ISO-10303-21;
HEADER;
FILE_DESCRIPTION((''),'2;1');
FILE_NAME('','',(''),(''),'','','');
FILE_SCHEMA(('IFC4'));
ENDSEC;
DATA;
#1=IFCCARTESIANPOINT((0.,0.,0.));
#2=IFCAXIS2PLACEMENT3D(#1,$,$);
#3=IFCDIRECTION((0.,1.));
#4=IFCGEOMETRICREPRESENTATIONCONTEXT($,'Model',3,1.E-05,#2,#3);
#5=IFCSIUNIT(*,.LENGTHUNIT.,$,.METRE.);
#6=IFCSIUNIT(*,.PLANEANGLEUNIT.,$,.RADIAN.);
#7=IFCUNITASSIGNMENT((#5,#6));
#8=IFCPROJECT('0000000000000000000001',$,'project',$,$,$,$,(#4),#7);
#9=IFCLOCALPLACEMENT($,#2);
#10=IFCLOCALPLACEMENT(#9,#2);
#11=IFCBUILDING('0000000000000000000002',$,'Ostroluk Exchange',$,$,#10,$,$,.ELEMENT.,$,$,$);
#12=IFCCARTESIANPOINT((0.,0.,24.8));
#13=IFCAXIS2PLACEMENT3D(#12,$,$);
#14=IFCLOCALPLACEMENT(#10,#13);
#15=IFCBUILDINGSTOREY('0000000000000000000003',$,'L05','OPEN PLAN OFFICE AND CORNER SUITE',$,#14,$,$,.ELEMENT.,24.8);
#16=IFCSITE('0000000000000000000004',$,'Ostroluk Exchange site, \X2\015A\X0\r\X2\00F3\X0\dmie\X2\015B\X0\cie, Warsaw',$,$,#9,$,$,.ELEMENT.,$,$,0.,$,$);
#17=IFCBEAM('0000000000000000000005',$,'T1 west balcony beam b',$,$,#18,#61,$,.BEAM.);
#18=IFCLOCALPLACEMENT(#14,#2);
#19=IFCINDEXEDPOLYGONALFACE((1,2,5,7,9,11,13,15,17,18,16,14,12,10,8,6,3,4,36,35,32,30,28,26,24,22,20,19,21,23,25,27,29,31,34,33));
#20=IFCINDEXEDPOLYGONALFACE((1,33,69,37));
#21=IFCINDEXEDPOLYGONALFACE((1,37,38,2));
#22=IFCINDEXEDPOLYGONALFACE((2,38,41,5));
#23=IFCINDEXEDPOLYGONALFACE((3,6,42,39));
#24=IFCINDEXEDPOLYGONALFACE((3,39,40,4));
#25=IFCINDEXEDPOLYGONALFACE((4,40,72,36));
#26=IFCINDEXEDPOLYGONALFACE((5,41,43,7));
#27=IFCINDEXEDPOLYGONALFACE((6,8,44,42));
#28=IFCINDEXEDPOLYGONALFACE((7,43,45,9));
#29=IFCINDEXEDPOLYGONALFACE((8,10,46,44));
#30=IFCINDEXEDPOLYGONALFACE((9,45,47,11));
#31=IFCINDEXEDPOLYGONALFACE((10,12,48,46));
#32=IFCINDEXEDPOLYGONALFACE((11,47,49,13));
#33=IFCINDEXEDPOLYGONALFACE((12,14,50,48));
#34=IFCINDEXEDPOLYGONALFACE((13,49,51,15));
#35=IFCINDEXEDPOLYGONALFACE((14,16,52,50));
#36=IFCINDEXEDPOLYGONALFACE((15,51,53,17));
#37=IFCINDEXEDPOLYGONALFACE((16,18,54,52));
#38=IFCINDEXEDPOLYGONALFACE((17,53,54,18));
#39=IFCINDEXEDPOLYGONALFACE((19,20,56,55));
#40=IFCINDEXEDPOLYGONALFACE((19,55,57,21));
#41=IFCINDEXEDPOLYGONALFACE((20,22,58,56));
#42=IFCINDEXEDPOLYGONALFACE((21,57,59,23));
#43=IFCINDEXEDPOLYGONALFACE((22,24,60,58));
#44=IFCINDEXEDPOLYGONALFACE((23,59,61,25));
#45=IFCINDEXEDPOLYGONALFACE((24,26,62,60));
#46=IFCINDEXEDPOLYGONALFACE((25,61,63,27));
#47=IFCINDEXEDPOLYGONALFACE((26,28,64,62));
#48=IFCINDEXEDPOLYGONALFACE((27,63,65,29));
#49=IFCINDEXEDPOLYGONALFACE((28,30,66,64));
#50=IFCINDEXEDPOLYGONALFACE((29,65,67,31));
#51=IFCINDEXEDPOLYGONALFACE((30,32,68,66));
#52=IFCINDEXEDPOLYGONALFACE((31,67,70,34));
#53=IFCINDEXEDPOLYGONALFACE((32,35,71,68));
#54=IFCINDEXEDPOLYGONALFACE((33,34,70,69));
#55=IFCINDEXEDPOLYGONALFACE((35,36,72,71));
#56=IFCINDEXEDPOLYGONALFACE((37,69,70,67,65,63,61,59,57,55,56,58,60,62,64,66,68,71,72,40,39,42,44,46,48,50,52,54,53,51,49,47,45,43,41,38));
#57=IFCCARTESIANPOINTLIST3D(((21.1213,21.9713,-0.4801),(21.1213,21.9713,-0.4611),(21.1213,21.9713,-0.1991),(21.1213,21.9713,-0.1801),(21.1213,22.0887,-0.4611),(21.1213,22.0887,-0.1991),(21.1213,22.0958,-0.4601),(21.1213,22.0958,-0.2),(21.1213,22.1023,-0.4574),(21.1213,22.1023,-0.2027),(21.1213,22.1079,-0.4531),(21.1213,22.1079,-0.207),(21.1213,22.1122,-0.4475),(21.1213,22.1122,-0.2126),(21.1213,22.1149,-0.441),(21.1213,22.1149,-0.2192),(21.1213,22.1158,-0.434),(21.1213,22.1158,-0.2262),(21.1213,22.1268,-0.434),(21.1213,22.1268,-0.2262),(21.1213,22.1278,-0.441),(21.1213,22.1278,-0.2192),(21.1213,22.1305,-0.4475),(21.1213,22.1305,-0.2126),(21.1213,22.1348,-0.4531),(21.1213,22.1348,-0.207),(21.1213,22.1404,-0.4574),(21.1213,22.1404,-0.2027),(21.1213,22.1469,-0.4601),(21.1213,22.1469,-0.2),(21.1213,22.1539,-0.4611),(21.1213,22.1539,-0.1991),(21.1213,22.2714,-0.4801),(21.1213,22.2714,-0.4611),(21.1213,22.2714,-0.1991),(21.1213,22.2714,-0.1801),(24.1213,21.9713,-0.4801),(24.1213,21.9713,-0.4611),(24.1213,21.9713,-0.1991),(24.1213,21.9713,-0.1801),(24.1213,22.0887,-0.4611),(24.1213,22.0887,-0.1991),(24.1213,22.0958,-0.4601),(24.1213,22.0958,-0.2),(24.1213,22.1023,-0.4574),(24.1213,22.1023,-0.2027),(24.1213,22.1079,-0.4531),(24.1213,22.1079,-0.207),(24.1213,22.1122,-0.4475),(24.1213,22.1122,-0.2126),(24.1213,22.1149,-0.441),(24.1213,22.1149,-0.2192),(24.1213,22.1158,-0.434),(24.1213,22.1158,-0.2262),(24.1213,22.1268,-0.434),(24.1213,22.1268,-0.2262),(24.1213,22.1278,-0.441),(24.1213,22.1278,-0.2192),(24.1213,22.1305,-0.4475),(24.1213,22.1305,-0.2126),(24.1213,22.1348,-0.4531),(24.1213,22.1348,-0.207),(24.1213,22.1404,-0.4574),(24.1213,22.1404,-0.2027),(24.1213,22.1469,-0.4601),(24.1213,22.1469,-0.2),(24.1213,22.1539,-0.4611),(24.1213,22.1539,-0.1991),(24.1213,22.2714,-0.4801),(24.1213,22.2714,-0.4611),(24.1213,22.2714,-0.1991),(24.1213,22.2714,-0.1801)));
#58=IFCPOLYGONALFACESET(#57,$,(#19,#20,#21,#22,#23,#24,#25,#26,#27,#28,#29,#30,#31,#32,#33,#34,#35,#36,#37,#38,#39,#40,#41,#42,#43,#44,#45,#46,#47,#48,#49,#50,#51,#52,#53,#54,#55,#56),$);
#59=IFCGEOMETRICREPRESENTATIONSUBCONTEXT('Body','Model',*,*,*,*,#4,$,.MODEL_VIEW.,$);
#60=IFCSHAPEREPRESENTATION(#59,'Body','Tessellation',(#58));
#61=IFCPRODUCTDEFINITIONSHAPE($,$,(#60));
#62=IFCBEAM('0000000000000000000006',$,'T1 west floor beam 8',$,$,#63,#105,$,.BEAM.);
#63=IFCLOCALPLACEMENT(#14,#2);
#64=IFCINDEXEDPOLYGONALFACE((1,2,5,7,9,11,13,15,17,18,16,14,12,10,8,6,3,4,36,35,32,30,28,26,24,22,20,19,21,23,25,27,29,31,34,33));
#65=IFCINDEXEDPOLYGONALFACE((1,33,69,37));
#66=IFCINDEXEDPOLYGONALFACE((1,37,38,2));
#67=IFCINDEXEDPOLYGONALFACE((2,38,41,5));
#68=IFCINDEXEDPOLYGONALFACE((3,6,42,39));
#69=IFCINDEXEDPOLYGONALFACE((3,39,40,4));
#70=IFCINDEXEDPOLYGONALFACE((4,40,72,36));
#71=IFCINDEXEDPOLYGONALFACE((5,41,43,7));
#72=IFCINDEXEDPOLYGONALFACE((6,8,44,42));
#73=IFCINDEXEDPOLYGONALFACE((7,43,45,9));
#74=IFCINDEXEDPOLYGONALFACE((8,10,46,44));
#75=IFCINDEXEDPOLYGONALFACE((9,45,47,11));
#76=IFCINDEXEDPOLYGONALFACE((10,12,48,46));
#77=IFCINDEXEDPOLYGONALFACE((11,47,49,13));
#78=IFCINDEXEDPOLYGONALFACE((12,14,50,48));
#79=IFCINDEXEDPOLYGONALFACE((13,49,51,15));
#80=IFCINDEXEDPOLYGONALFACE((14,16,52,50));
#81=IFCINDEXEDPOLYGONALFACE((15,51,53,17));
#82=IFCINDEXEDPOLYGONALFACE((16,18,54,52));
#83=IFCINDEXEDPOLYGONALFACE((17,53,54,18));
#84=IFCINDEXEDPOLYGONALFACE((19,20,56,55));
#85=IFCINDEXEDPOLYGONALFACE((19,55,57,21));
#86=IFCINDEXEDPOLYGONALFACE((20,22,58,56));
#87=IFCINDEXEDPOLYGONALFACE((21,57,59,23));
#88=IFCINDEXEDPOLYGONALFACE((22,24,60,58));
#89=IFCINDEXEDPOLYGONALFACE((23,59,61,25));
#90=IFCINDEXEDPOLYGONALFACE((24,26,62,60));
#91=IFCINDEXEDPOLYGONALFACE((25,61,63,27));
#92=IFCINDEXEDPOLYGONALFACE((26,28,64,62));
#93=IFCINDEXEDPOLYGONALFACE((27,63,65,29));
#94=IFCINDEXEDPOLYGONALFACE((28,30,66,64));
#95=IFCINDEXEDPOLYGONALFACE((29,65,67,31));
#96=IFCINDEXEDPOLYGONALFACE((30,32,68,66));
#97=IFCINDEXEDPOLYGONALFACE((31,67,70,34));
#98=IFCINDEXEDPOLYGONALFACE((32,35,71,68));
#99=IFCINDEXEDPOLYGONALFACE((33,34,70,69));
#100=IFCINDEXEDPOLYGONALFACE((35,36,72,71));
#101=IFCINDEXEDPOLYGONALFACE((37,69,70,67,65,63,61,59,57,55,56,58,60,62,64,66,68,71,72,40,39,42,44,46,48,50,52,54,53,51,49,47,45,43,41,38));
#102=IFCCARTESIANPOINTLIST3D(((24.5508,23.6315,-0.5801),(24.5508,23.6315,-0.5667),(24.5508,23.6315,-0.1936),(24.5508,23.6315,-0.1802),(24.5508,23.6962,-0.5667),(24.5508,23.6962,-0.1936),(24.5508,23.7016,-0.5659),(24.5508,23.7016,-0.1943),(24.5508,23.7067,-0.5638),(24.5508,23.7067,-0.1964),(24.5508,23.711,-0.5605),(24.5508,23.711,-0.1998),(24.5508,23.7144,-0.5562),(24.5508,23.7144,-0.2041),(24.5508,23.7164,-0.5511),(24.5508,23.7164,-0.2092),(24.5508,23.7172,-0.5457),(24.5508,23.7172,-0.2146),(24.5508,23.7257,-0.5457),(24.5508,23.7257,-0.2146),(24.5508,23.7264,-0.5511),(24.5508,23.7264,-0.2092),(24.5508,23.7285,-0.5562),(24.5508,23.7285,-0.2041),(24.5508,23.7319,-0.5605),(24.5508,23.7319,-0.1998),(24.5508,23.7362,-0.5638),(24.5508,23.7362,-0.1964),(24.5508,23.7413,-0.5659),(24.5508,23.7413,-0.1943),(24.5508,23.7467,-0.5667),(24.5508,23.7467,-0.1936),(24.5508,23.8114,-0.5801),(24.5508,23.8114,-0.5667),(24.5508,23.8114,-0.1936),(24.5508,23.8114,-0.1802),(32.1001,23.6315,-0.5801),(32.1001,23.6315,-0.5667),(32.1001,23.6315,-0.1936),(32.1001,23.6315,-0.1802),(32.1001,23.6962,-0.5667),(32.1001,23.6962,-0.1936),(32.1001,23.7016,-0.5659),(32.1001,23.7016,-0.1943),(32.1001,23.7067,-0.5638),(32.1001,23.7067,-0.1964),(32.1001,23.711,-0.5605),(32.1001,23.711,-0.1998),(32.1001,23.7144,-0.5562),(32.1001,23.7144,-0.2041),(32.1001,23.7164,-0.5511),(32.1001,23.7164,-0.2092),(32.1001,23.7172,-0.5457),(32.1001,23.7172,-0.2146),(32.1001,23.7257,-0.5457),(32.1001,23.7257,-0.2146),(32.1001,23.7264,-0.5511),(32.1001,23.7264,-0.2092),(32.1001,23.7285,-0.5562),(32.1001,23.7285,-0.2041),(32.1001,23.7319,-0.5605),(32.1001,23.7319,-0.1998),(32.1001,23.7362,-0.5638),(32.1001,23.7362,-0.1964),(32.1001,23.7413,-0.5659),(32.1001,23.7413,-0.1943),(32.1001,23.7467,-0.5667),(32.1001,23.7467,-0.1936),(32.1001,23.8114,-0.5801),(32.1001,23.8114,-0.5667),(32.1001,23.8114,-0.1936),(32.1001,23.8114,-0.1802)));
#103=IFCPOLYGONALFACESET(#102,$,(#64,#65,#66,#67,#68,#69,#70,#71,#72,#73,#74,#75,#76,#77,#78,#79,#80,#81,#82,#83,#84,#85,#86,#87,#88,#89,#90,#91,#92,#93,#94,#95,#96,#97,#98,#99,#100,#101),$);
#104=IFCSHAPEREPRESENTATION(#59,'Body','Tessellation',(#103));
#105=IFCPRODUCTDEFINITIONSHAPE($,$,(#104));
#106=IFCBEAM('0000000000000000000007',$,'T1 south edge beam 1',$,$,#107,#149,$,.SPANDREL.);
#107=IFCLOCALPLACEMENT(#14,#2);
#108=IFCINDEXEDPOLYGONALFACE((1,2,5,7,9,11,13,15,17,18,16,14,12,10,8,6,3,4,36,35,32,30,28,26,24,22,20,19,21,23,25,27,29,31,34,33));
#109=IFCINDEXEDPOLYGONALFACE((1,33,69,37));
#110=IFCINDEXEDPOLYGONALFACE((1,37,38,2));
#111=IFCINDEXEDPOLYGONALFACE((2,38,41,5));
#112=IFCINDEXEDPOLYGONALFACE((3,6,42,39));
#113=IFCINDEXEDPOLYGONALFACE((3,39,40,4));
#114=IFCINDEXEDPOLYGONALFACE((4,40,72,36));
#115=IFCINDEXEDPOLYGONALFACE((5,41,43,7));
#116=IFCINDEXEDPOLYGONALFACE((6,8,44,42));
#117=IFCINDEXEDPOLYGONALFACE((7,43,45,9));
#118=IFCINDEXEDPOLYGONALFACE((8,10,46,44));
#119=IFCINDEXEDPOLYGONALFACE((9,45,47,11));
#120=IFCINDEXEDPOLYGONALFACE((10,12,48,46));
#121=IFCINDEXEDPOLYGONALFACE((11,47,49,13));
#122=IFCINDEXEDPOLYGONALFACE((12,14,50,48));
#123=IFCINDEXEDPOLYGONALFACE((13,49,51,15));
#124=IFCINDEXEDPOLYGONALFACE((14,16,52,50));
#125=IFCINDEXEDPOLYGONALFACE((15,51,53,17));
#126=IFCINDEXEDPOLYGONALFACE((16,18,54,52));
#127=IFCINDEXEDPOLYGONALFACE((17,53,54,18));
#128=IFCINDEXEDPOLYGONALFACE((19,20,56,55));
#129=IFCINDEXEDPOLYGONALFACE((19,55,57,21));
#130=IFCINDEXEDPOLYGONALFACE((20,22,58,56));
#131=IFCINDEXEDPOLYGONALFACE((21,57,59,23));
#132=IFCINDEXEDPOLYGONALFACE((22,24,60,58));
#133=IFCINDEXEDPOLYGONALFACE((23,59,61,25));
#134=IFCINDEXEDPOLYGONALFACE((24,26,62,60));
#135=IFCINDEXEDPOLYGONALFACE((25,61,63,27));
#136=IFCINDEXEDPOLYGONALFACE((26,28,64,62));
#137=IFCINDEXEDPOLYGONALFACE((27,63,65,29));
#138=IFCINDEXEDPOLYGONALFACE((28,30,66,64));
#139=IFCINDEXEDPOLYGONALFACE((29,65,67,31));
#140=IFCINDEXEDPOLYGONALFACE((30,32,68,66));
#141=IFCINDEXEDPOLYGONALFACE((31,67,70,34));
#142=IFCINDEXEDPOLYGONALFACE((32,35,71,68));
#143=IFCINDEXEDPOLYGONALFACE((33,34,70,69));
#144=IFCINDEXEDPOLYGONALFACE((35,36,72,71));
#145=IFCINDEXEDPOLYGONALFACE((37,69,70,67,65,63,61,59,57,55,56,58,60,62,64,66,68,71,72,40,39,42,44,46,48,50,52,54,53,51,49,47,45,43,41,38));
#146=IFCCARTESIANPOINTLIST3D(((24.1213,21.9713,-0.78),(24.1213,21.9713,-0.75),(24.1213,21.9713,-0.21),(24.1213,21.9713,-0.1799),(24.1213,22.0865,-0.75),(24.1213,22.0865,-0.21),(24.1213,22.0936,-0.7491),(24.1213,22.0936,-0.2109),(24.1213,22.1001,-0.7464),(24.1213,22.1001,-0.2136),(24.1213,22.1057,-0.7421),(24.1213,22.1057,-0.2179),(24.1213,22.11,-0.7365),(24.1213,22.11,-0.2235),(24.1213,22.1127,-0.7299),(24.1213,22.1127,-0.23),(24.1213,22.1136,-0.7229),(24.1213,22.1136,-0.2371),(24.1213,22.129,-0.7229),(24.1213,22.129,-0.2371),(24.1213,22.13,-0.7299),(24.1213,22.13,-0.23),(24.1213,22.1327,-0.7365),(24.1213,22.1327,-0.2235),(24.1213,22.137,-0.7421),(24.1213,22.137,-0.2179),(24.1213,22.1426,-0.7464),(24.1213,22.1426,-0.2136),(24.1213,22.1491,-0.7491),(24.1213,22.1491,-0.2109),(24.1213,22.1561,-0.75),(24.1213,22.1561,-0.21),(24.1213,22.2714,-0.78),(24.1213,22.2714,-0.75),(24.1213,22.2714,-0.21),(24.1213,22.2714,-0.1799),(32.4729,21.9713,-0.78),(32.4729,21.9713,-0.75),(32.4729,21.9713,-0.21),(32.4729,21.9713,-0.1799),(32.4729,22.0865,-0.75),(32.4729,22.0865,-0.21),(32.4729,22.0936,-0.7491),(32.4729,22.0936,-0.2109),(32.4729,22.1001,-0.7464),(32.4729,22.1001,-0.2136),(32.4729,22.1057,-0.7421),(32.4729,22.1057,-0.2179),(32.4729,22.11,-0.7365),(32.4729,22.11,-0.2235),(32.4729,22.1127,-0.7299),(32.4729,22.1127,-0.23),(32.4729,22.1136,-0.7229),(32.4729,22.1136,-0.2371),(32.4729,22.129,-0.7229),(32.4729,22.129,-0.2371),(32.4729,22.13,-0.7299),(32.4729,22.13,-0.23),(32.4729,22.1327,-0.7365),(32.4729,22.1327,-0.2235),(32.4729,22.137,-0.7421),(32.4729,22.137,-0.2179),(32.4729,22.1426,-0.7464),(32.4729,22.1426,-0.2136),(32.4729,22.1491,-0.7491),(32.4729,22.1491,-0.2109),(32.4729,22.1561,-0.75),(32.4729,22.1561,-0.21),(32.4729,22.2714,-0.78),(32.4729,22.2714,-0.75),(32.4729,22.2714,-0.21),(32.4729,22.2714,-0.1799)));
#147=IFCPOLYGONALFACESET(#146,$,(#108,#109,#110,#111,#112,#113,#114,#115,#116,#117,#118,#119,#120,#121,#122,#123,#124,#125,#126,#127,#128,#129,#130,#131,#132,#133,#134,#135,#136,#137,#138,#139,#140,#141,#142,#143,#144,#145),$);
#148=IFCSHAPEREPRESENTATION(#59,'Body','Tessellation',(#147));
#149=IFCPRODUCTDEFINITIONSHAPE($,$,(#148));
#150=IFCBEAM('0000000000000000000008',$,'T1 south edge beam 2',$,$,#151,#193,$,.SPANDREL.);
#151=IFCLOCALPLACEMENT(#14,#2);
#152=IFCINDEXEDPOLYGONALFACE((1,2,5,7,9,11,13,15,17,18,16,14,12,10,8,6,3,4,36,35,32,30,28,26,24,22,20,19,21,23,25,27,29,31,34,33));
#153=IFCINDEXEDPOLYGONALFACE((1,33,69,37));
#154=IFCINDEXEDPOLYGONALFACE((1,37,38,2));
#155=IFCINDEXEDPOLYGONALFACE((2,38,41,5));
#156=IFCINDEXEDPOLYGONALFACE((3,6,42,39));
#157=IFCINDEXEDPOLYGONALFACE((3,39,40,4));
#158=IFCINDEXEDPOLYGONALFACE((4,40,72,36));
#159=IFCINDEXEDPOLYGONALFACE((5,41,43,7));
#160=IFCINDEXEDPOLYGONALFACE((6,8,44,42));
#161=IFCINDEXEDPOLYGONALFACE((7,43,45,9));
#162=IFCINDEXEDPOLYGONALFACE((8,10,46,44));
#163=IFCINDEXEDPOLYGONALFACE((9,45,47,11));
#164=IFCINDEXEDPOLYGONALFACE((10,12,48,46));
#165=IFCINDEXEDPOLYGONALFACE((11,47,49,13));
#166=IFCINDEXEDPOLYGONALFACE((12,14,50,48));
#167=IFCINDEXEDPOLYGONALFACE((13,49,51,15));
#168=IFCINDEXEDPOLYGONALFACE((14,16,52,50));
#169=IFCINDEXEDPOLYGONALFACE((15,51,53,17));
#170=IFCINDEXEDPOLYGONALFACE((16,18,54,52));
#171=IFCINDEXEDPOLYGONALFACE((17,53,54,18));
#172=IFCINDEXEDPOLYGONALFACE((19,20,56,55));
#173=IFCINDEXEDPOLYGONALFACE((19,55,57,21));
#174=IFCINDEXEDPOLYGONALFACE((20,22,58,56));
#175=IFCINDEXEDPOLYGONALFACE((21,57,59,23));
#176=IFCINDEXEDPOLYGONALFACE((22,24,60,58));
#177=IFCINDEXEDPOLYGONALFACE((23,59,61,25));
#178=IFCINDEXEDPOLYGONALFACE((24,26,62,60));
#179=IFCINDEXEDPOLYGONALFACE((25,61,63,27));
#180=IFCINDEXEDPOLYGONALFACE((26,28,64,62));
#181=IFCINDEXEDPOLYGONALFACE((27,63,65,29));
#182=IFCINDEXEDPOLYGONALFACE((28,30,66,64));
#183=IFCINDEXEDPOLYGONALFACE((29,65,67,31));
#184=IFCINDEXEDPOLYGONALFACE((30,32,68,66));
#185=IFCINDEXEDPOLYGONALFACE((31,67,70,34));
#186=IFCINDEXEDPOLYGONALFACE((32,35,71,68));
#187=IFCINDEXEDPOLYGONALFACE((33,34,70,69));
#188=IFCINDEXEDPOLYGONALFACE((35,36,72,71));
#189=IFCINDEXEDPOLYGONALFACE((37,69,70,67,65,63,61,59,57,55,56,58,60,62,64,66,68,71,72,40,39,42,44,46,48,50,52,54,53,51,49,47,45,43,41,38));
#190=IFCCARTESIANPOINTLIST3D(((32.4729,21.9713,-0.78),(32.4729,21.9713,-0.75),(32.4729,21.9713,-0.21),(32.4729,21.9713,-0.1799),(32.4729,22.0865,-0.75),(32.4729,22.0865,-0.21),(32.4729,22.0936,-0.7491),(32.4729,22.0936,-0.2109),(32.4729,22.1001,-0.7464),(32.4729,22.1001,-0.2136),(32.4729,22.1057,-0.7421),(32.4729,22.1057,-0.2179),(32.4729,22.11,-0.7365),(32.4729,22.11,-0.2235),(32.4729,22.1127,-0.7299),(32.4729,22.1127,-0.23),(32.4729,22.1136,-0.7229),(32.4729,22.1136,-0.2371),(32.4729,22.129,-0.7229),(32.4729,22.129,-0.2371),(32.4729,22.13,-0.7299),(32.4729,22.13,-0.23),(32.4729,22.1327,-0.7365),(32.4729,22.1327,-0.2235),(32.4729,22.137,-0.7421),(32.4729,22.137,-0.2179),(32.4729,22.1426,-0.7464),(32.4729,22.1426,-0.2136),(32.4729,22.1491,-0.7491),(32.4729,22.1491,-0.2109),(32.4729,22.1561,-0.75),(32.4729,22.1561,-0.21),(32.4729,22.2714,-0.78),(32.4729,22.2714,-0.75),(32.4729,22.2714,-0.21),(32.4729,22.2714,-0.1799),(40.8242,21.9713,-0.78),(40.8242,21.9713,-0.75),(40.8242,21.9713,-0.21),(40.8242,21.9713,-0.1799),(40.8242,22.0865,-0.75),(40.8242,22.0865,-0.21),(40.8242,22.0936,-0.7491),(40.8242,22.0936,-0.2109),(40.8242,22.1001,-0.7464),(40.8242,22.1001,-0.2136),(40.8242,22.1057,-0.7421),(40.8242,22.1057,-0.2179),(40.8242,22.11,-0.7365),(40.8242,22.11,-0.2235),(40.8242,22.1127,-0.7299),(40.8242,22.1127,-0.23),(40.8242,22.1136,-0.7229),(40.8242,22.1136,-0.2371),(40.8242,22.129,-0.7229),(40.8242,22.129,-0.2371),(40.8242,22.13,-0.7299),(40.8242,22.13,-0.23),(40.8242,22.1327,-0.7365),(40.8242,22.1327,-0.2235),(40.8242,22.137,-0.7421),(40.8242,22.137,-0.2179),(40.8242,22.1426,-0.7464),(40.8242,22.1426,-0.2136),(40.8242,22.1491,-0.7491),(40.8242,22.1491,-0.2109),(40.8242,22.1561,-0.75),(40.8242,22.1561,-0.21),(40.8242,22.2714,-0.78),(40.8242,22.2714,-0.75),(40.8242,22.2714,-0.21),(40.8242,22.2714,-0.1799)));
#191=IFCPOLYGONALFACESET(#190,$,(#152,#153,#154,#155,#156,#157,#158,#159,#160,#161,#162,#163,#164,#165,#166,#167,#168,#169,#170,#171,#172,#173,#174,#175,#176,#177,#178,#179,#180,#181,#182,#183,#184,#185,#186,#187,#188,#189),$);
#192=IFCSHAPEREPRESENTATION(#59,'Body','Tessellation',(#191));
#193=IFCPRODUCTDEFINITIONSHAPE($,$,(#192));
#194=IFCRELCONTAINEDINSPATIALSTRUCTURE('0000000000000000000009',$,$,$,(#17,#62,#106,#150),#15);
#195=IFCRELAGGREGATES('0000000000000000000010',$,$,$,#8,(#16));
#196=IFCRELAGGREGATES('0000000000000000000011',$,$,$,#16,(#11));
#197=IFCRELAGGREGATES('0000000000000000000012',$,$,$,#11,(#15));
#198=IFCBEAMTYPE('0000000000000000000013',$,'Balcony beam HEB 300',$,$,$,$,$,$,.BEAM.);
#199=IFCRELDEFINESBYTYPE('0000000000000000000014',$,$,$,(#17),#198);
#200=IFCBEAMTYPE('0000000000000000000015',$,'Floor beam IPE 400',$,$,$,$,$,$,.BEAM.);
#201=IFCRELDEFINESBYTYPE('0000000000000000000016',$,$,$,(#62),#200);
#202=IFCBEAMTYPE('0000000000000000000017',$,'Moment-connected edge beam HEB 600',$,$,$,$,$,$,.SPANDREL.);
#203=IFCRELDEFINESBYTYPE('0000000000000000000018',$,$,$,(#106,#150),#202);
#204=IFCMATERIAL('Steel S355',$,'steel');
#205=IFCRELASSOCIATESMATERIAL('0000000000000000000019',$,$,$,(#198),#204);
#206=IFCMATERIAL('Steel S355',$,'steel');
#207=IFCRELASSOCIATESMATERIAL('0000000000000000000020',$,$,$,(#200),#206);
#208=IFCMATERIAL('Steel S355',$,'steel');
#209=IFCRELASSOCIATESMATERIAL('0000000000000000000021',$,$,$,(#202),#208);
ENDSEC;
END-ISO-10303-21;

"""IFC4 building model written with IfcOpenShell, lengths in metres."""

from ifc_helpers import new_model, si_unit, direction, frame, origin, origin_2d, place, context, subcontext, project, spatial, i_section, extrude, material, material_profile, profile_set, type_object, element, save


model = new_model("IFC4")

# Units and contexts
model_context = context("Model", 3, precision=1e-05, world=origin(), true_north=direction((0.0, 1.0)))
body_context = subcontext(model_context, "Body", "Model", "MODEL_VIEW")
ifc_project = project(units=[si_unit("LENGTHUNIT", "METRE"), si_unit("PLANEANGLEUNIT", "RADIAN")], contexts=[model_context])

# Site, building, storey
site_placement = place(None, origin())
site = spatial("IfcSite", under=ifc_project, at=site_placement, Name="Ostroluk Exchange site, Śródmieście, Warsaw", CompositionType="ELEMENT", RefElevation=0.0)
building_placement = place(site_placement, origin())
building = spatial("IfcBuilding", under=site, at=building_placement, Name="Ostroluk Exchange", CompositionType="ELEMENT")
storey_placement = place(building_placement, frame((0.0, 0.0, 24.8)))
storey = spatial("IfcBuildingStorey", under=building, at=storey_placement, Name="L05", Description="OPEN PLAN OFFICE AND CORNER SUITE", CompositionType="ELEMENT", Elevation=24.8)

# Beams
ifc_material_1 = material(Name="Steel S355", Category="steel")
ifc_material_profile_1 = material_profile(ifc_material_1, i_section(OverallWidth=0.3, OverallDepth=0.3, WebThickness=0.011, FlangeThickness=0.019, FilletRadius=0.0271, at=origin_2d()), Name="HEB 300")
ifc_profile_set_1 = profile_set([ifc_material_profile_1], Name="Steel S355")
beam_type_1 = type_object("IfcBeamType", Name="Balcony beam HEB 300", PredefinedType="BEAM", material=ifc_profile_set_1)
beam_1_placement = place(storey_placement, frame((24.1213, 22.1213, -0.3301), z_axis=(-1.0, 0.0, 0.0), x_axis=(0.0, -1.0, 0.0)))
element("IfcBeam", 1, at=beam_1_placement, inside=storey, type_object=beam_type_1, Name="T1 west balcony beam b", PredefinedType="BEAM", context=body_context, shape_type="SweptSolid", body=[
    extrude(i_section(OverallWidth=0.3, OverallDepth=0.3, WebThickness=0.011, FlangeThickness=0.019, FilletRadius=0.0271, at=origin_2d()), origin(), (0.0, 0.0, 1.0), 3.0),
])
ifc_material_2 = material(Name="Steel S355", Category="steel")
ifc_material_profile_2 = material_profile(ifc_material_2, i_section(OverallWidth=0.1799, OverallDepth=0.3999, WebThickness=0.0085, FlangeThickness=0.0134, FilletRadius=0.021, at=origin_2d()), Name="IPE 400")
ifc_profile_set_2 = profile_set([ifc_material_profile_2], Name="Steel S355")
beam_type_2 = type_object("IfcBeamType", Name="Floor beam IPE 400", PredefinedType="BEAM", material=ifc_profile_set_2)
beam_2_placement = place(storey_placement, frame((32.1001, 23.7214, -0.3801), z_axis=(-1.0, 0.0, 0.0), x_axis=(0.0, -1.0, 0.0)))
element("IfcBeam", 2, at=beam_2_placement, inside=storey, type_object=beam_type_2, Name="T1 west floor beam 8", PredefinedType="BEAM", context=body_context, shape_type="SweptSolid", body=[
    extrude(i_section(OverallWidth=0.1799, OverallDepth=0.3999, WebThickness=0.0085, FlangeThickness=0.0134, FilletRadius=0.021, at=origin_2d()), origin(), (0.0, 0.0, 1.0), 7.5493),
])
ifc_material_3 = material(Name="Steel S355", Category="steel")
ifc_material_profile_3 = material_profile(ifc_material_3, i_section(OverallWidth=0.3, OverallDepth=0.6001, WebThickness=0.0154, FlangeThickness=0.03, FilletRadius=0.0271, at=origin_2d()), Name="HEB 600")
ifc_profile_set_3 = profile_set([ifc_material_profile_3], Name="Steel S355")
beam_type_3 = type_object("IfcBeamType", Name="Moment-connected edge beam HEB 600", PredefinedType="SPANDREL", material=ifc_profile_set_3)
beam_3_placement = place(storey_placement, frame((24.1213, 22.1213, -0.48), z_axis=(1.0, 0.0, 0.0), x_axis=(0.0, 1.0, 0.0)))
element("IfcBeam", 3, at=beam_3_placement, inside=storey, type_object=beam_type_3, Name="T1 south edge beam 1", PredefinedType="SPANDREL", context=body_context, shape_type="SweptSolid", body=[
    extrude(i_section(OverallWidth=0.3, OverallDepth=0.6001, WebThickness=0.0154, FlangeThickness=0.03, FilletRadius=0.0271, at=origin_2d()), origin(), (0.0, 0.0, 1.0), 8.3516),
])
beam_4_placement = place(storey_placement, frame((32.4729, 22.1213, -0.48), z_axis=(1.0, 0.0, 0.0), x_axis=(0.0, 1.0, 0.0)))
element("IfcBeam", 4, at=beam_4_placement, inside=storey, type_object=beam_type_3, Name="T1 south edge beam 2", PredefinedType="SPANDREL", context=body_context, shape_type="SweptSolid", body=[
    extrude(i_section(OverallWidth=0.3, OverallDepth=0.6001, WebThickness=0.0154, FlangeThickness=0.03, FilletRadius=0.0271, at=origin_2d()), origin(), (0.0, 0.0, 1.0), 8.3513),
])

save(model, "model.ifc")
